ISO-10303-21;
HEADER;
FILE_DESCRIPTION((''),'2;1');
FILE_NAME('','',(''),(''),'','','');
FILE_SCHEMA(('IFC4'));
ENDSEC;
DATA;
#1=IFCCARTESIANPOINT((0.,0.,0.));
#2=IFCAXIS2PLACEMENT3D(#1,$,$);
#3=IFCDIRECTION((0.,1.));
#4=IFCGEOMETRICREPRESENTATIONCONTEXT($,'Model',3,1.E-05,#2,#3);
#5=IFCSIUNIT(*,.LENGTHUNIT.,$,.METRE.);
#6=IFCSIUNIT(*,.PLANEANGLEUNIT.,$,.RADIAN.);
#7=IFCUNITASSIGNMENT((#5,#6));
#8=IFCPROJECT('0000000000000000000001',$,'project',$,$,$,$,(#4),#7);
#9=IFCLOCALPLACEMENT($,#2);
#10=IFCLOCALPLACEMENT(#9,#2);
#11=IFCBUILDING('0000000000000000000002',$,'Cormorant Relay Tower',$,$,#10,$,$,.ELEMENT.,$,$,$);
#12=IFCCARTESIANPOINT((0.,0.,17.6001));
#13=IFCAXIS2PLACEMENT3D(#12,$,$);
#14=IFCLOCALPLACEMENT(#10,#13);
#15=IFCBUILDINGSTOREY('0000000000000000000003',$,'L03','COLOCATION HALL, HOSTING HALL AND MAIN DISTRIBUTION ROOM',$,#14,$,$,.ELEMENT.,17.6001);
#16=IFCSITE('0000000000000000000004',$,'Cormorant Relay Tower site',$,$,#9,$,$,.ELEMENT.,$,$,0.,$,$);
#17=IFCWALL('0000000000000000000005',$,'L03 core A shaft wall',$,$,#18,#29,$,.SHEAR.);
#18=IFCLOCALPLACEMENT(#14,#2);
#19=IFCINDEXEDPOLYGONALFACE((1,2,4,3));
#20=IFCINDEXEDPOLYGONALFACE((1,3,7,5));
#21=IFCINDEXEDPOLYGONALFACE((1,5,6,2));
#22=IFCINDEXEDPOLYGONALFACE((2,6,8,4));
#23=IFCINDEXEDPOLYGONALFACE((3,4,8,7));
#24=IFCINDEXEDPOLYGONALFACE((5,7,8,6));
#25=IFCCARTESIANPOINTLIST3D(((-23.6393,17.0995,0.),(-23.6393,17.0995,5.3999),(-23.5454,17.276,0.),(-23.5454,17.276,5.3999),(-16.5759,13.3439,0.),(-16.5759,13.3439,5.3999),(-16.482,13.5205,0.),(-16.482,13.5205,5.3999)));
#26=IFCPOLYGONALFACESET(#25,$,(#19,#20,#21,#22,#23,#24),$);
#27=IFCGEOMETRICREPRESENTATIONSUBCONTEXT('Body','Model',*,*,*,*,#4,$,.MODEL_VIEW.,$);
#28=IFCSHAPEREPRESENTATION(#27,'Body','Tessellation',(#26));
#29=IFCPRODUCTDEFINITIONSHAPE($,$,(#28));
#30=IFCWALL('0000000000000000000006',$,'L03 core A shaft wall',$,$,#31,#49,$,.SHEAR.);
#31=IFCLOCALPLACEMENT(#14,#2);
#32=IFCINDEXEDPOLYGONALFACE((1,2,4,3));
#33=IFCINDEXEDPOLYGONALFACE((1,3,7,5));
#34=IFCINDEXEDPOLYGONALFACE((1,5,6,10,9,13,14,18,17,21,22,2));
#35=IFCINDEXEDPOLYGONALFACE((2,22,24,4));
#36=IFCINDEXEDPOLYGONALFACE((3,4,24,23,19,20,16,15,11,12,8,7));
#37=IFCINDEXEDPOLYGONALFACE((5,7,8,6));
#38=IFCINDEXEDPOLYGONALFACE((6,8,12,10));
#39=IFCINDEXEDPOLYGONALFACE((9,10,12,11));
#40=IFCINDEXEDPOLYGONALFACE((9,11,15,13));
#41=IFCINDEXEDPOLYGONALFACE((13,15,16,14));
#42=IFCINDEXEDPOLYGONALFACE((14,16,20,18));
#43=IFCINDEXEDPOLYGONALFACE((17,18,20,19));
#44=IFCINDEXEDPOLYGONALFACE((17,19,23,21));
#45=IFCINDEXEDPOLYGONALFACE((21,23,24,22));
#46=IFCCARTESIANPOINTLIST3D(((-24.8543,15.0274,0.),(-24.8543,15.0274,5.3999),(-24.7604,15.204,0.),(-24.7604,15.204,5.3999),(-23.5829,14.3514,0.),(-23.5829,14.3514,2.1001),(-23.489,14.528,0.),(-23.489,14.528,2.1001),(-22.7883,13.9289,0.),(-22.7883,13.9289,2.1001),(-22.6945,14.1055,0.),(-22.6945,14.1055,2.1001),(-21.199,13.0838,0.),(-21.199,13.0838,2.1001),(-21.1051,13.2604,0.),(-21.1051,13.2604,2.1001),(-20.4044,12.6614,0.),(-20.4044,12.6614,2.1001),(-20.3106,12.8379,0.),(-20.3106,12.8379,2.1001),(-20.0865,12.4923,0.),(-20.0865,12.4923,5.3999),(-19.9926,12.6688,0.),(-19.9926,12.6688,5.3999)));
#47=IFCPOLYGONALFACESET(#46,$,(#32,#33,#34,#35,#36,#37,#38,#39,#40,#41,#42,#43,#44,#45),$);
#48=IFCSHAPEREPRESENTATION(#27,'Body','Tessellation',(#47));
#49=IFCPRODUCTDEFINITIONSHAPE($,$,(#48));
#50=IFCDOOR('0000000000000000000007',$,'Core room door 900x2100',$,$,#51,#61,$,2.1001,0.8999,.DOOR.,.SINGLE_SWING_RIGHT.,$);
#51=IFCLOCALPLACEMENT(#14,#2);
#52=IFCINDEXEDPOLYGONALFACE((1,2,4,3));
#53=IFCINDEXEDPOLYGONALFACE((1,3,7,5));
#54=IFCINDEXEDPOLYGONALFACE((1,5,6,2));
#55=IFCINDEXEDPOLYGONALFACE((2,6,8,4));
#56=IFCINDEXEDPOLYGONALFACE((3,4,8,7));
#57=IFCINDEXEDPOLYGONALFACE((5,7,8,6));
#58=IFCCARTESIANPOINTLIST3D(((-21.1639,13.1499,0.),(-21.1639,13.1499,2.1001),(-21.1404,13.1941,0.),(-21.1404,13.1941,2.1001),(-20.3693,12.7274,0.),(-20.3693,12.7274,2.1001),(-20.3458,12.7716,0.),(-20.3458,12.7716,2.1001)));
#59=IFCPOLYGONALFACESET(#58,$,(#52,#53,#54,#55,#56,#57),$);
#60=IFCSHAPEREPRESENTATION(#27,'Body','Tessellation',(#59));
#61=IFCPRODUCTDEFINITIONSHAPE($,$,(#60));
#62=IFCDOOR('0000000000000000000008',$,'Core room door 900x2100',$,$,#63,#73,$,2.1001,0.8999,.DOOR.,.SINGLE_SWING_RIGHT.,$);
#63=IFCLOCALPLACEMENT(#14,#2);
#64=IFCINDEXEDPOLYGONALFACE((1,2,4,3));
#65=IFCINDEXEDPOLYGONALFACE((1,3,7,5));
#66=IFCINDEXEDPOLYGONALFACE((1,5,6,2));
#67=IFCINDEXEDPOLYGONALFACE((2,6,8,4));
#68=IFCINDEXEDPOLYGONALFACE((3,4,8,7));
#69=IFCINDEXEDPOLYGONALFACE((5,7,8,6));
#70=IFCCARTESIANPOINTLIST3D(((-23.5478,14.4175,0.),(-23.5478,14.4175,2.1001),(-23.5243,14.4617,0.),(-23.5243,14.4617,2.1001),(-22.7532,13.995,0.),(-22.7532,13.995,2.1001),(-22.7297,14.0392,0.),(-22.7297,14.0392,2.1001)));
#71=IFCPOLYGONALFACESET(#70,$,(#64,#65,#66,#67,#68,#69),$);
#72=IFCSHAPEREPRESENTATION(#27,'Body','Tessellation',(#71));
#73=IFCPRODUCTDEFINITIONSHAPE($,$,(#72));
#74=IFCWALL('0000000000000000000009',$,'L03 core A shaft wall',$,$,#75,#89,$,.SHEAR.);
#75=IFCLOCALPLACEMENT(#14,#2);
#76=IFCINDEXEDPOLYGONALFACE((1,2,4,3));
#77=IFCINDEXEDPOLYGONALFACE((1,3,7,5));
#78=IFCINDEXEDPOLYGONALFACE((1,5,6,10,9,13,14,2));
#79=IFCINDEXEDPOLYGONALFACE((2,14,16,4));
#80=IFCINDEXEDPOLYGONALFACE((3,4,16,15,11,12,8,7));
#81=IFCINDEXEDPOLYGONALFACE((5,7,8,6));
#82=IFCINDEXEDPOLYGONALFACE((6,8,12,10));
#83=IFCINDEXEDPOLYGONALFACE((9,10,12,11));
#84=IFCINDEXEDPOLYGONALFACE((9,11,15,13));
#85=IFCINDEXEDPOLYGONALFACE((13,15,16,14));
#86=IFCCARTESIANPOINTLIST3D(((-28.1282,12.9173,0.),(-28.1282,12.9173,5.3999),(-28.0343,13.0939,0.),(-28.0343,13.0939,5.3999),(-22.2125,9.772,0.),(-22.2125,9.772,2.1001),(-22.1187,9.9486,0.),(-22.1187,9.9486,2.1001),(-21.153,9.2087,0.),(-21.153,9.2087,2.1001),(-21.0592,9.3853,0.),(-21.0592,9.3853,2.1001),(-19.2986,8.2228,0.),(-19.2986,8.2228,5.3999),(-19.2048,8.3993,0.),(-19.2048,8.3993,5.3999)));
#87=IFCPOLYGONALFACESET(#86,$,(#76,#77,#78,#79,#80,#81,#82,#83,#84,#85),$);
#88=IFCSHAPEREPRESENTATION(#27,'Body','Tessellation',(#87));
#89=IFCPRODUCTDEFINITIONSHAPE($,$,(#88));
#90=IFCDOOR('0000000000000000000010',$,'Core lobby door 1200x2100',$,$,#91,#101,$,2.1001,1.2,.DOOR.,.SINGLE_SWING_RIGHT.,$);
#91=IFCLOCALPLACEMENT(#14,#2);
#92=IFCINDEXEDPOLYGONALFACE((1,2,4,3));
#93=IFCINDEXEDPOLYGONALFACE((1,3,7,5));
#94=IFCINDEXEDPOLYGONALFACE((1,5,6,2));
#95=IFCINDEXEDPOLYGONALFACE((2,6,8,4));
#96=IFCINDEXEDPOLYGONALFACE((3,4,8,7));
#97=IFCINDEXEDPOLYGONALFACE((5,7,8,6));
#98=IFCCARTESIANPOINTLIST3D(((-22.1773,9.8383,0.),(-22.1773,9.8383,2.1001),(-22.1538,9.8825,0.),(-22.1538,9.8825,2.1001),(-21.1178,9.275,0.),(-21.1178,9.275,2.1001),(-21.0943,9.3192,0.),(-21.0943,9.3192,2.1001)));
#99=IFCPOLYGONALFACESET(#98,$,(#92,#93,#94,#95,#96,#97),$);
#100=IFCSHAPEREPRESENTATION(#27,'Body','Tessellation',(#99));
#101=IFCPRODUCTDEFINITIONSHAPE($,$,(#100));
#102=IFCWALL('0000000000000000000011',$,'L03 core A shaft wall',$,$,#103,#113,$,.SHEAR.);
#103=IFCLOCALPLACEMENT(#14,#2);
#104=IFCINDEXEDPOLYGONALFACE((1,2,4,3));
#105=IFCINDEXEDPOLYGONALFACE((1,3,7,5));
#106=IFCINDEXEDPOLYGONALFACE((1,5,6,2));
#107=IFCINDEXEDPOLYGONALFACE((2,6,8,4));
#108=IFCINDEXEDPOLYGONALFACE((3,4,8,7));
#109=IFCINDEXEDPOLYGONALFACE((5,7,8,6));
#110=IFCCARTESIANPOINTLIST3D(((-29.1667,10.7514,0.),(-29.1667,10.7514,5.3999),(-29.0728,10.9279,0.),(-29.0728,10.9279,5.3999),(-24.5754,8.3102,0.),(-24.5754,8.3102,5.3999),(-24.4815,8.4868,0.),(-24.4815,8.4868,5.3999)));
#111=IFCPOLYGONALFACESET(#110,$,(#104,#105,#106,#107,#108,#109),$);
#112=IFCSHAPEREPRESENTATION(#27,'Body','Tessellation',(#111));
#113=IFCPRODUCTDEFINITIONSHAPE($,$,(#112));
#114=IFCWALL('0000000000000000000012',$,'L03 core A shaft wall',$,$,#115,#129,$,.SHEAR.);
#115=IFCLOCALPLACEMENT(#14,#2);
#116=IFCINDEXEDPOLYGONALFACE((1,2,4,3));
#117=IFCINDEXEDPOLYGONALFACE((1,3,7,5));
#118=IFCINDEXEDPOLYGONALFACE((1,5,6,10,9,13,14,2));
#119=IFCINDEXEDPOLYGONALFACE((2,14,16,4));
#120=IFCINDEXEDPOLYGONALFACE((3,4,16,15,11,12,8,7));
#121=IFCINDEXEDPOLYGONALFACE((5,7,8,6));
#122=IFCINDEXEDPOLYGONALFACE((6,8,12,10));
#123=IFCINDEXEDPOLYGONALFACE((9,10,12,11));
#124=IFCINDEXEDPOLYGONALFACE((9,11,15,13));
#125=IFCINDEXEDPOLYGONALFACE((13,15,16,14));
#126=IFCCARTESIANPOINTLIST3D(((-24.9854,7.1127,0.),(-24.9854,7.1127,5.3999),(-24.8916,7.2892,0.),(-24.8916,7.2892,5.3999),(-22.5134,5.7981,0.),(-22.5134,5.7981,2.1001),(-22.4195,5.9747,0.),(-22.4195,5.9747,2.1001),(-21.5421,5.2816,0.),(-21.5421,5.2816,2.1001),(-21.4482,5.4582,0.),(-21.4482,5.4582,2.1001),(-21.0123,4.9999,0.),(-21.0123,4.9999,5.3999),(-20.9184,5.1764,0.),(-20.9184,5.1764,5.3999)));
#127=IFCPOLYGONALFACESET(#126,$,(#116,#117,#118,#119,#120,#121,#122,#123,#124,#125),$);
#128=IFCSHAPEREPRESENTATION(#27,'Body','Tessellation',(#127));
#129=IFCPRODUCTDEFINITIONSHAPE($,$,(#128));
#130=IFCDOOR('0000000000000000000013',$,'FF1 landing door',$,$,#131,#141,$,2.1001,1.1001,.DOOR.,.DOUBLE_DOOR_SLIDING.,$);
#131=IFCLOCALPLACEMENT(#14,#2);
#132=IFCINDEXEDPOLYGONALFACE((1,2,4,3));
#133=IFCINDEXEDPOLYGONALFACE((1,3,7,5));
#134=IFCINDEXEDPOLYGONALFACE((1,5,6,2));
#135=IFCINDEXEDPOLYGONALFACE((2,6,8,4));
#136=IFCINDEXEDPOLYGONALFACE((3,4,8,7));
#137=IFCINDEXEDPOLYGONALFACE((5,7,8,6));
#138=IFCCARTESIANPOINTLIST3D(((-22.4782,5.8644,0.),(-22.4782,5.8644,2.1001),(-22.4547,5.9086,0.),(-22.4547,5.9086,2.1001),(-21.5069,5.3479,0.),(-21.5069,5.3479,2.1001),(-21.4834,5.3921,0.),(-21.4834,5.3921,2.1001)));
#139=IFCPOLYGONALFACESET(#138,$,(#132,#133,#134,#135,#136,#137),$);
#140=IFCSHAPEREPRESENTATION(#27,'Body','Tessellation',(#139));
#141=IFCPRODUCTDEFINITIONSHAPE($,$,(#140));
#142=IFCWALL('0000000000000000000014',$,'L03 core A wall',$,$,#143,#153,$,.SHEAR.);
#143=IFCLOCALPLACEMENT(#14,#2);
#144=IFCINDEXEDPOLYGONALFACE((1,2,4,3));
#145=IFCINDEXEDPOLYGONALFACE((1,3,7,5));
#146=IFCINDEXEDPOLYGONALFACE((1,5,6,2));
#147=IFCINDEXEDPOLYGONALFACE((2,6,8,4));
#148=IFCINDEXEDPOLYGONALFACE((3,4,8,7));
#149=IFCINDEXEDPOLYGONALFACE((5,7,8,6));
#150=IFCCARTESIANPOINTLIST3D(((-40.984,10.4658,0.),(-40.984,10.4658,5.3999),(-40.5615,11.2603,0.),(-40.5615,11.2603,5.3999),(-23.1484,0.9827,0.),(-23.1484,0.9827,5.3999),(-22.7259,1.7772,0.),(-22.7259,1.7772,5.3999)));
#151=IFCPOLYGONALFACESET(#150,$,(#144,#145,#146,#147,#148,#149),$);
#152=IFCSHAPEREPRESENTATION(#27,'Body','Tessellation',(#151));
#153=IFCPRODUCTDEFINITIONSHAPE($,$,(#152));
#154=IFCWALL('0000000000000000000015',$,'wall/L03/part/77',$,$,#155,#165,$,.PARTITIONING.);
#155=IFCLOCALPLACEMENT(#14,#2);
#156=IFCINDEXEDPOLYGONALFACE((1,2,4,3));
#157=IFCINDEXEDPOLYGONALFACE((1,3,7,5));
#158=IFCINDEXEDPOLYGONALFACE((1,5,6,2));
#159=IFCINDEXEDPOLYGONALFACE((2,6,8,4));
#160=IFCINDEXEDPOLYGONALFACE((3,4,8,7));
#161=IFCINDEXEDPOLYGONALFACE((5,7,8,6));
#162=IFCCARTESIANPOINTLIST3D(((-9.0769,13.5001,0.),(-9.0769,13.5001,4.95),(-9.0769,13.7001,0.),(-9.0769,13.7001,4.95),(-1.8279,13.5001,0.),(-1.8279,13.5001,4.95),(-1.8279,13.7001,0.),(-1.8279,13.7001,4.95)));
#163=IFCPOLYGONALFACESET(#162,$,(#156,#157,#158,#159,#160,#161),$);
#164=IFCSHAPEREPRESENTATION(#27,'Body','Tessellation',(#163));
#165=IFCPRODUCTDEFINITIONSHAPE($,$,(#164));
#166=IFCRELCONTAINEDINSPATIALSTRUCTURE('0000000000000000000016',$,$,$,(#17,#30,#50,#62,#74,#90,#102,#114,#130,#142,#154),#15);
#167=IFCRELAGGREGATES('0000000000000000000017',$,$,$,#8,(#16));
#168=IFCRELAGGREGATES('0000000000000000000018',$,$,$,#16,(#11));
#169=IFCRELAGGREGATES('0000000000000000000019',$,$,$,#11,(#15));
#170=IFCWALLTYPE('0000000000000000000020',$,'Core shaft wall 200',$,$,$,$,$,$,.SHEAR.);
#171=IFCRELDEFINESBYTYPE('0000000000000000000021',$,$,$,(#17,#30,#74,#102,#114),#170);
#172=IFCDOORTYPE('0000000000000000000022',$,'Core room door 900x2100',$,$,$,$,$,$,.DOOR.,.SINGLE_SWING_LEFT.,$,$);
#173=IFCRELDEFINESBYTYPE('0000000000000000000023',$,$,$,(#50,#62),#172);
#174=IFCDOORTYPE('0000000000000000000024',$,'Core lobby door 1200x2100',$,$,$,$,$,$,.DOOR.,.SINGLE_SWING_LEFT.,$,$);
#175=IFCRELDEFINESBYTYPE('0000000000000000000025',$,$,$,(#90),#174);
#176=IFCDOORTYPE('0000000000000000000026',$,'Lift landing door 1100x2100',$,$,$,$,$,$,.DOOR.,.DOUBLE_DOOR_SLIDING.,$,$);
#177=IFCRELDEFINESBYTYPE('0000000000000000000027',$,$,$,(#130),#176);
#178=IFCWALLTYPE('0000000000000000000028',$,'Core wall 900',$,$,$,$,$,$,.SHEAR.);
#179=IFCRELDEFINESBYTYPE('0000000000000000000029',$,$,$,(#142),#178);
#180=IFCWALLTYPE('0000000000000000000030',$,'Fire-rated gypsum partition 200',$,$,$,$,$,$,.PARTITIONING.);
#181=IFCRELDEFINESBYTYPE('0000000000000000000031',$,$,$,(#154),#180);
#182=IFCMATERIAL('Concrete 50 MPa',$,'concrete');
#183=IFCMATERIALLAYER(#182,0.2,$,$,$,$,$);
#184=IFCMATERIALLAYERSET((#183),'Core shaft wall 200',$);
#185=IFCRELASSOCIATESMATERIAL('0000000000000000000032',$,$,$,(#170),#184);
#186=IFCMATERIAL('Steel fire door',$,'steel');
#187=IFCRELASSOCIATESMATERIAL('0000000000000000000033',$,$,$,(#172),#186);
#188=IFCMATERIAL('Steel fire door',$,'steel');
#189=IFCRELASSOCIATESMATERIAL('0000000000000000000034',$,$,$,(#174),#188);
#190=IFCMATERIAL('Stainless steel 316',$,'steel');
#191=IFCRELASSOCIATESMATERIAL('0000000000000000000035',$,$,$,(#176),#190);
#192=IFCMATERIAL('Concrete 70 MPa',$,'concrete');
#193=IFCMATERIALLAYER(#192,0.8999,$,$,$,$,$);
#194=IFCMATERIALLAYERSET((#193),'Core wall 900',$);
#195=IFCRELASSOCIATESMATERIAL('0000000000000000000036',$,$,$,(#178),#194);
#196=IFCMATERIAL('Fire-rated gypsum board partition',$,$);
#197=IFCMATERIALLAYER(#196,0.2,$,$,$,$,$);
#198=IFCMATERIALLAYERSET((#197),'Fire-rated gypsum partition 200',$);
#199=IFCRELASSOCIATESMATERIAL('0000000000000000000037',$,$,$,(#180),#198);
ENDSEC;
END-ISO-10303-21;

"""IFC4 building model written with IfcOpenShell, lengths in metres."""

from ifc_helpers import new_model, si_unit, direction, frame, frame_2d, origin, place, context, subcontext, project, spatial, rectangle, extrude, material, layer, layer_set, type_object, element, fill, save


model = new_model("IFC4")

# Units and contexts
model_context = context("Model", 3, precision=1e-05, world=origin(), true_north=direction((0.0, 1.0)))
body_context = subcontext(model_context, "Body", "Model", "MODEL_VIEW")
ifc_project = project(units=[si_unit("LENGTHUNIT", "METRE"), si_unit("PLANEANGLEUNIT", "RADIAN")], contexts=[model_context])

# Site, building, storey
site_placement = place(None, origin())
site = spatial("IfcSite", under=ifc_project, at=site_placement, Name="Cormorant Relay Tower site", CompositionType="ELEMENT", RefElevation=0.0)
building_placement = place(site_placement, origin())
building = spatial("IfcBuilding", under=site, at=building_placement, Name="Cormorant Relay Tower", CompositionType="ELEMENT")
storey_placement = place(building_placement, frame((0.0, 0.0, 17.6001)))
storey = spatial("IfcBuildingStorey", under=building, at=storey_placement, Name="L03", Description="COLOCATION HALL, HOSTING HALL AND MAIN DISTRIBUTION ROOM", CompositionType="ELEMENT", Elevation=17.6001)

# Wall
ifc_material_1 = material(Name="Concrete 50 MPa", Category="concrete")
ifc_layer_1 = layer(ifc_material_1, 0.2)
ifc_layer_set_1 = layer_set([ifc_layer_1], Name="Core shaft wall 200")
wall_type_1 = type_object("IfcWallType", Name="Core shaft wall 200", PredefinedType="SHEAR", material=ifc_layer_set_1)
wall_1_placement = place(storey_placement, frame((-16.5288, 13.4321, 0.0), z_axis=(0.0, 0.0, 1.0), x_axis=(-0.882953, 0.469462, 0.0)))
element("IfcWall", 1, at=wall_1_placement, inside=storey, type_object=wall_type_1, Name="L03 core A shaft wall", PredefinedType="SHEAR", context=body_context, shape_type="SweptSolid", body=[
    extrude(rectangle(XDim=7.9998, YDim=0.2, at=frame_2d((4.0, 0.0))), origin(), (0.0, 0.0, 1.0), 5.3999),
])

# Wall, openings, doors
wall_2_placement = place(storey_placement, frame((-20.0396, 12.5806, 0.0), z_axis=(0.0, 0.0, 1.0), x_axis=(-0.882943, 0.46948, 0.0)))
wall_2 = element("IfcWall", 2, at=wall_2_placement, inside=storey, type_object=wall_type_1, Name="L03 core A shaft wall", PredefinedType="SHEAR", context=body_context, shape_type="SweptSolid", body=[
    extrude(rectangle(XDim=5.3999, YDim=0.2, at=frame_2d((2.7, 0.0))), origin(), (0.0, 0.0, 1.0), 5.3999),
])
opening_1_placement = place(wall_2_placement, frame((0.3601, 0.0, 0.0)))
opening_1 = element("IfcOpeningElement", 3, at=opening_1_placement, cuts=wall_2, PredefinedType="OPENING", context=body_context, shape_type="SweptSolid", body=[
    extrude(rectangle(XDim=0.8999, YDim=2.1001, at=frame_2d((0.45, 1.05))), frame((0.0, 0.1099, 0.0), z_axis=(0.0, -1.0, 0.0), x_axis=(1.0, 0.0, 0.0)), (0.0, 0.0, 1.0), 0.22),
])
opening_2_placement = place(wall_2_placement, frame((3.0601, 0.0, 0.0)))
opening_2 = element("IfcOpeningElement", 4, at=opening_2_placement, cuts=wall_2, PredefinedType="OPENING", context=body_context, shape_type="SweptSolid", body=[
    extrude(rectangle(XDim=0.8999, YDim=2.1001, at=frame_2d((0.45, 1.05))), frame((0.0, 0.1099, 0.0), z_axis=(0.0, -1.0, 0.0), x_axis=(1.0, 0.0, 0.0)), (0.0, 0.0, 1.0), 0.22),
])
ifc_material_2 = material(Name="Steel fire door", Category="steel")
door_type_1 = type_object("IfcDoorType", Name="Core room door 900x2100", OperationType="SINGLE_SWING_LEFT", PredefinedType="DOOR", material=ifc_material_2)
door_1_placement = place(opening_1_placement, frame((0.8999, 0.0, 0.0), z_axis=(0.0, 0.0, 1.0), x_axis=(-1.0, 0.0, 0.0)))
door_1 = element("IfcDoor", 5, at=door_1_placement, inside=storey, type_object=door_type_1, Name="Core room door 900x2100", OperationType="SINGLE_SWING_RIGHT", OverallHeight=2.1001, OverallWidth=0.8999, PredefinedType="DOOR", context=body_context, shape_type="SweptSolid", body=[
    extrude(rectangle(XDim=0.8999, YDim=2.1001, at=frame_2d((0.45, 1.05))), frame((0.0, 0.0249, 0.0), z_axis=(0.0, -1.0, 0.0), x_axis=(1.0, 0.0, 0.0)), (0.0, 0.0, 1.0), 0.05),
])
fill(opening_1, door_1)
door_2_placement = place(opening_2_placement, frame((0.8999, 0.0, 0.0), z_axis=(0.0, 0.0, 1.0), x_axis=(-1.0, 0.0, 0.0)))
door_2 = element("IfcDoor", 6, at=door_2_placement, inside=storey, type_object=door_type_1, Name="Core room door 900x2100", OperationType="SINGLE_SWING_RIGHT", OverallHeight=2.1001, OverallWidth=0.8999, PredefinedType="DOOR", context=body_context, shape_type="SweptSolid", body=[
    extrude(rectangle(XDim=0.8999, YDim=2.1001, at=frame_2d((0.45, 1.05))), frame((0.0, 0.0249, 0.0), z_axis=(0.0, -1.0, 0.0), x_axis=(1.0, 0.0, 0.0)), (0.0, 0.0, 1.0), 0.05),
])
fill(opening_2, door_2)

# Wall, opening, door
wall_3_placement = place(storey_placement, frame((-19.2517, 8.311, 0.0), z_axis=(0.0, 0.0, 1.0), x_axis=(-0.882956, 0.469456, 0.0)))
wall_3 = element("IfcWall", 7, at=wall_3_placement, inside=storey, type_object=wall_type_1, Name="L03 core A shaft wall", PredefinedType="SHEAR", context=body_context, shape_type="SweptSolid", body=[
    extrude(rectangle(XDim=10.0, YDim=0.2, at=frame_2d((5.0, 0.0))), origin(), (0.0, 0.0, 1.0), 5.3999),
])
opening_3_placement = place(wall_3_placement, frame((2.1001, 0.0, 0.0)))
opening_3 = element("IfcOpeningElement", 8, at=opening_3_placement, cuts=wall_3, PredefinedType="OPENING", context=body_context, shape_type="SweptSolid", body=[
    extrude(rectangle(XDim=1.2, YDim=2.1001, at=frame_2d((0.6001, 1.05))), frame((0.0, 0.1099, 0.0), z_axis=(0.0, -1.0, 0.0), x_axis=(1.0, 0.0, 0.0)), (0.0, 0.0, 1.0), 0.22),
])
ifc_material_3 = material(Name="Steel fire door", Category="steel")
door_type_2 = type_object("IfcDoorType", Name="Core lobby door 1200x2100", OperationType="SINGLE_SWING_LEFT", PredefinedType="DOOR", material=ifc_material_3)
door_3_placement = place(opening_3_placement, origin())
door_3 = element("IfcDoor", 9, at=door_3_placement, inside=storey, type_object=door_type_2, Name="Core lobby door 1200x2100", OperationType="SINGLE_SWING_RIGHT", OverallHeight=2.1001, OverallWidth=1.2, PredefinedType="DOOR", context=body_context, shape_type="SweptSolid", body=[
    extrude(rectangle(XDim=1.2, YDim=2.1001, at=frame_2d((0.6001, 1.05))), frame((0.0, 0.0249, 0.0), z_axis=(0.0, -1.0, 0.0), x_axis=(1.0, 0.0, 0.0)), (0.0, 0.0, 1.0), 0.05),
])
fill(opening_3, door_3)

# Wall
wall_4_placement = place(storey_placement, frame((-24.5283, 8.3984, 0.0), z_axis=(0.0, 0.0, 1.0), x_axis=(-0.882954, 0.46946, 0.0)))
element("IfcWall", 10, at=wall_4_placement, inside=storey, type_object=wall_type_1, Name="L03 core A shaft wall", PredefinedType="SHEAR", context=body_context, shape_type="SweptSolid", body=[
    extrude(rectangle(XDim=5.2, YDim=0.2, at=frame_2d((2.6001, 0.0))), origin(), (0.0, 0.0, 1.0), 5.3999),
])

# Wall, opening, door
wall_5_placement = place(storey_placement, frame((-20.9653, 5.0881, 0.0), z_axis=(0.0, 0.0, 1.0), x_axis=(-0.882926, 0.469512, 0.0)))
wall_5 = element("IfcWall", 11, at=wall_5_placement, inside=storey, type_object=wall_type_1, Name="L03 core A shaft wall", PredefinedType="SHEAR", context=body_context, shape_type="SweptSolid", body=[
    extrude(rectangle(XDim=4.5, YDim=0.2, at=frame_2d((2.25, 0.0))), origin(), (0.0, 0.0, 1.0), 5.3999),
])
opening_4_placement = place(wall_5_placement, frame((0.6001, 0.0, 0.0)))
opening_4 = element("IfcOpeningElement", 12, at=opening_4_placement, cuts=wall_5, PredefinedType="OPENING", context=body_context, shape_type="SweptSolid", body=[
    extrude(rectangle(XDim=1.1001, YDim=2.1001, at=frame_2d((0.55, 1.05))), frame((0.0, 0.1099, 0.0), z_axis=(0.0, -1.0, 0.0), x_axis=(1.0, 0.0, 0.0)), (0.0, 0.0, 1.0), 0.22),
])
ifc_material_4 = material(Name="Stainless steel 316", Category="steel")
door_type_3 = type_object("IfcDoorType", Name="Lift landing door 1100x2100", OperationType="DOUBLE_DOOR_SLIDING", PredefinedType="DOOR", material=ifc_material_4)
door_4_placement = place(opening_4_placement, origin())
door_4 = element("IfcDoor", 13, at=door_4_placement, inside=storey, type_object=door_type_3, Name="FF1 landing door", OperationType="DOUBLE_DOOR_SLIDING", OverallHeight=2.1001, OverallWidth=1.1001, PredefinedType="DOOR", context=body_context, shape_type="SweptSolid", body=[
    extrude(rectangle(XDim=1.1001, YDim=2.1001, at=frame_2d((0.55, 1.05))), frame((0.0, 0.0249, 0.0), z_axis=(0.0, -1.0, 0.0), x_axis=(1.0, 0.0, 0.0)), (0.0, 0.0, 1.0), 0.05),
])
fill(opening_4, door_4)

# Walls
ifc_material_5 = material(Name="Concrete 70 MPa", Category="concrete")
ifc_layer_2 = layer(ifc_material_5, 0.8999)
ifc_layer_set_2 = layer_set([ifc_layer_2], Name="Core wall 900")
wall_type_2 = type_object("IfcWallType", Name="Core wall 900", PredefinedType="SHEAR", material=ifc_layer_set_2)
wall_6_placement = place(storey_placement, frame((-22.937, 1.3799, 0.0), z_axis=(0.0, 0.0, 1.0), x_axis=(-0.882953, 0.469462, 0.0)))
element("IfcWall", 14, at=wall_6_placement, inside=storey, type_object=wall_type_2, Name="L03 core A wall", PredefinedType="SHEAR", context=body_context, shape_type="SweptSolid", body=[
    extrude(rectangle(XDim=20.2, YDim=0.8999, at=frame_2d((10.1001, 0.0))), origin(), (0.0, 0.0, 1.0), 5.3999),
])
ifc_material_6 = material(Name="Fire-rated gypsum board partition")
ifc_layer_3 = layer(ifc_material_6, 0.2)
ifc_layer_set_3 = layer_set([ifc_layer_3], Name="Fire-rated gypsum partition 200")
wall_type_3 = type_object("IfcWallType", Name="Fire-rated gypsum partition 200", PredefinedType="PARTITIONING", material=ifc_layer_set_3)
wall_7_placement = place(storey_placement, frame((-1.8279, 13.6001, 0.0), z_axis=(0.0, 0.0, 1.0), x_axis=(-1.0, 0.0, 0.0)))
element("IfcWall", 15, at=wall_7_placement, inside=storey, type_object=wall_type_3, Name="wall/L03/part/77", PredefinedType="PARTITIONING", context=body_context, shape_type="SweptSolid", body=[
    extrude(rectangle(XDim=7.249, YDim=0.2, at=frame_2d((3.6245, 0.0))), origin(), (0.0, 0.0, 1.0), 4.95),
])

save(model, "model.ifc")
